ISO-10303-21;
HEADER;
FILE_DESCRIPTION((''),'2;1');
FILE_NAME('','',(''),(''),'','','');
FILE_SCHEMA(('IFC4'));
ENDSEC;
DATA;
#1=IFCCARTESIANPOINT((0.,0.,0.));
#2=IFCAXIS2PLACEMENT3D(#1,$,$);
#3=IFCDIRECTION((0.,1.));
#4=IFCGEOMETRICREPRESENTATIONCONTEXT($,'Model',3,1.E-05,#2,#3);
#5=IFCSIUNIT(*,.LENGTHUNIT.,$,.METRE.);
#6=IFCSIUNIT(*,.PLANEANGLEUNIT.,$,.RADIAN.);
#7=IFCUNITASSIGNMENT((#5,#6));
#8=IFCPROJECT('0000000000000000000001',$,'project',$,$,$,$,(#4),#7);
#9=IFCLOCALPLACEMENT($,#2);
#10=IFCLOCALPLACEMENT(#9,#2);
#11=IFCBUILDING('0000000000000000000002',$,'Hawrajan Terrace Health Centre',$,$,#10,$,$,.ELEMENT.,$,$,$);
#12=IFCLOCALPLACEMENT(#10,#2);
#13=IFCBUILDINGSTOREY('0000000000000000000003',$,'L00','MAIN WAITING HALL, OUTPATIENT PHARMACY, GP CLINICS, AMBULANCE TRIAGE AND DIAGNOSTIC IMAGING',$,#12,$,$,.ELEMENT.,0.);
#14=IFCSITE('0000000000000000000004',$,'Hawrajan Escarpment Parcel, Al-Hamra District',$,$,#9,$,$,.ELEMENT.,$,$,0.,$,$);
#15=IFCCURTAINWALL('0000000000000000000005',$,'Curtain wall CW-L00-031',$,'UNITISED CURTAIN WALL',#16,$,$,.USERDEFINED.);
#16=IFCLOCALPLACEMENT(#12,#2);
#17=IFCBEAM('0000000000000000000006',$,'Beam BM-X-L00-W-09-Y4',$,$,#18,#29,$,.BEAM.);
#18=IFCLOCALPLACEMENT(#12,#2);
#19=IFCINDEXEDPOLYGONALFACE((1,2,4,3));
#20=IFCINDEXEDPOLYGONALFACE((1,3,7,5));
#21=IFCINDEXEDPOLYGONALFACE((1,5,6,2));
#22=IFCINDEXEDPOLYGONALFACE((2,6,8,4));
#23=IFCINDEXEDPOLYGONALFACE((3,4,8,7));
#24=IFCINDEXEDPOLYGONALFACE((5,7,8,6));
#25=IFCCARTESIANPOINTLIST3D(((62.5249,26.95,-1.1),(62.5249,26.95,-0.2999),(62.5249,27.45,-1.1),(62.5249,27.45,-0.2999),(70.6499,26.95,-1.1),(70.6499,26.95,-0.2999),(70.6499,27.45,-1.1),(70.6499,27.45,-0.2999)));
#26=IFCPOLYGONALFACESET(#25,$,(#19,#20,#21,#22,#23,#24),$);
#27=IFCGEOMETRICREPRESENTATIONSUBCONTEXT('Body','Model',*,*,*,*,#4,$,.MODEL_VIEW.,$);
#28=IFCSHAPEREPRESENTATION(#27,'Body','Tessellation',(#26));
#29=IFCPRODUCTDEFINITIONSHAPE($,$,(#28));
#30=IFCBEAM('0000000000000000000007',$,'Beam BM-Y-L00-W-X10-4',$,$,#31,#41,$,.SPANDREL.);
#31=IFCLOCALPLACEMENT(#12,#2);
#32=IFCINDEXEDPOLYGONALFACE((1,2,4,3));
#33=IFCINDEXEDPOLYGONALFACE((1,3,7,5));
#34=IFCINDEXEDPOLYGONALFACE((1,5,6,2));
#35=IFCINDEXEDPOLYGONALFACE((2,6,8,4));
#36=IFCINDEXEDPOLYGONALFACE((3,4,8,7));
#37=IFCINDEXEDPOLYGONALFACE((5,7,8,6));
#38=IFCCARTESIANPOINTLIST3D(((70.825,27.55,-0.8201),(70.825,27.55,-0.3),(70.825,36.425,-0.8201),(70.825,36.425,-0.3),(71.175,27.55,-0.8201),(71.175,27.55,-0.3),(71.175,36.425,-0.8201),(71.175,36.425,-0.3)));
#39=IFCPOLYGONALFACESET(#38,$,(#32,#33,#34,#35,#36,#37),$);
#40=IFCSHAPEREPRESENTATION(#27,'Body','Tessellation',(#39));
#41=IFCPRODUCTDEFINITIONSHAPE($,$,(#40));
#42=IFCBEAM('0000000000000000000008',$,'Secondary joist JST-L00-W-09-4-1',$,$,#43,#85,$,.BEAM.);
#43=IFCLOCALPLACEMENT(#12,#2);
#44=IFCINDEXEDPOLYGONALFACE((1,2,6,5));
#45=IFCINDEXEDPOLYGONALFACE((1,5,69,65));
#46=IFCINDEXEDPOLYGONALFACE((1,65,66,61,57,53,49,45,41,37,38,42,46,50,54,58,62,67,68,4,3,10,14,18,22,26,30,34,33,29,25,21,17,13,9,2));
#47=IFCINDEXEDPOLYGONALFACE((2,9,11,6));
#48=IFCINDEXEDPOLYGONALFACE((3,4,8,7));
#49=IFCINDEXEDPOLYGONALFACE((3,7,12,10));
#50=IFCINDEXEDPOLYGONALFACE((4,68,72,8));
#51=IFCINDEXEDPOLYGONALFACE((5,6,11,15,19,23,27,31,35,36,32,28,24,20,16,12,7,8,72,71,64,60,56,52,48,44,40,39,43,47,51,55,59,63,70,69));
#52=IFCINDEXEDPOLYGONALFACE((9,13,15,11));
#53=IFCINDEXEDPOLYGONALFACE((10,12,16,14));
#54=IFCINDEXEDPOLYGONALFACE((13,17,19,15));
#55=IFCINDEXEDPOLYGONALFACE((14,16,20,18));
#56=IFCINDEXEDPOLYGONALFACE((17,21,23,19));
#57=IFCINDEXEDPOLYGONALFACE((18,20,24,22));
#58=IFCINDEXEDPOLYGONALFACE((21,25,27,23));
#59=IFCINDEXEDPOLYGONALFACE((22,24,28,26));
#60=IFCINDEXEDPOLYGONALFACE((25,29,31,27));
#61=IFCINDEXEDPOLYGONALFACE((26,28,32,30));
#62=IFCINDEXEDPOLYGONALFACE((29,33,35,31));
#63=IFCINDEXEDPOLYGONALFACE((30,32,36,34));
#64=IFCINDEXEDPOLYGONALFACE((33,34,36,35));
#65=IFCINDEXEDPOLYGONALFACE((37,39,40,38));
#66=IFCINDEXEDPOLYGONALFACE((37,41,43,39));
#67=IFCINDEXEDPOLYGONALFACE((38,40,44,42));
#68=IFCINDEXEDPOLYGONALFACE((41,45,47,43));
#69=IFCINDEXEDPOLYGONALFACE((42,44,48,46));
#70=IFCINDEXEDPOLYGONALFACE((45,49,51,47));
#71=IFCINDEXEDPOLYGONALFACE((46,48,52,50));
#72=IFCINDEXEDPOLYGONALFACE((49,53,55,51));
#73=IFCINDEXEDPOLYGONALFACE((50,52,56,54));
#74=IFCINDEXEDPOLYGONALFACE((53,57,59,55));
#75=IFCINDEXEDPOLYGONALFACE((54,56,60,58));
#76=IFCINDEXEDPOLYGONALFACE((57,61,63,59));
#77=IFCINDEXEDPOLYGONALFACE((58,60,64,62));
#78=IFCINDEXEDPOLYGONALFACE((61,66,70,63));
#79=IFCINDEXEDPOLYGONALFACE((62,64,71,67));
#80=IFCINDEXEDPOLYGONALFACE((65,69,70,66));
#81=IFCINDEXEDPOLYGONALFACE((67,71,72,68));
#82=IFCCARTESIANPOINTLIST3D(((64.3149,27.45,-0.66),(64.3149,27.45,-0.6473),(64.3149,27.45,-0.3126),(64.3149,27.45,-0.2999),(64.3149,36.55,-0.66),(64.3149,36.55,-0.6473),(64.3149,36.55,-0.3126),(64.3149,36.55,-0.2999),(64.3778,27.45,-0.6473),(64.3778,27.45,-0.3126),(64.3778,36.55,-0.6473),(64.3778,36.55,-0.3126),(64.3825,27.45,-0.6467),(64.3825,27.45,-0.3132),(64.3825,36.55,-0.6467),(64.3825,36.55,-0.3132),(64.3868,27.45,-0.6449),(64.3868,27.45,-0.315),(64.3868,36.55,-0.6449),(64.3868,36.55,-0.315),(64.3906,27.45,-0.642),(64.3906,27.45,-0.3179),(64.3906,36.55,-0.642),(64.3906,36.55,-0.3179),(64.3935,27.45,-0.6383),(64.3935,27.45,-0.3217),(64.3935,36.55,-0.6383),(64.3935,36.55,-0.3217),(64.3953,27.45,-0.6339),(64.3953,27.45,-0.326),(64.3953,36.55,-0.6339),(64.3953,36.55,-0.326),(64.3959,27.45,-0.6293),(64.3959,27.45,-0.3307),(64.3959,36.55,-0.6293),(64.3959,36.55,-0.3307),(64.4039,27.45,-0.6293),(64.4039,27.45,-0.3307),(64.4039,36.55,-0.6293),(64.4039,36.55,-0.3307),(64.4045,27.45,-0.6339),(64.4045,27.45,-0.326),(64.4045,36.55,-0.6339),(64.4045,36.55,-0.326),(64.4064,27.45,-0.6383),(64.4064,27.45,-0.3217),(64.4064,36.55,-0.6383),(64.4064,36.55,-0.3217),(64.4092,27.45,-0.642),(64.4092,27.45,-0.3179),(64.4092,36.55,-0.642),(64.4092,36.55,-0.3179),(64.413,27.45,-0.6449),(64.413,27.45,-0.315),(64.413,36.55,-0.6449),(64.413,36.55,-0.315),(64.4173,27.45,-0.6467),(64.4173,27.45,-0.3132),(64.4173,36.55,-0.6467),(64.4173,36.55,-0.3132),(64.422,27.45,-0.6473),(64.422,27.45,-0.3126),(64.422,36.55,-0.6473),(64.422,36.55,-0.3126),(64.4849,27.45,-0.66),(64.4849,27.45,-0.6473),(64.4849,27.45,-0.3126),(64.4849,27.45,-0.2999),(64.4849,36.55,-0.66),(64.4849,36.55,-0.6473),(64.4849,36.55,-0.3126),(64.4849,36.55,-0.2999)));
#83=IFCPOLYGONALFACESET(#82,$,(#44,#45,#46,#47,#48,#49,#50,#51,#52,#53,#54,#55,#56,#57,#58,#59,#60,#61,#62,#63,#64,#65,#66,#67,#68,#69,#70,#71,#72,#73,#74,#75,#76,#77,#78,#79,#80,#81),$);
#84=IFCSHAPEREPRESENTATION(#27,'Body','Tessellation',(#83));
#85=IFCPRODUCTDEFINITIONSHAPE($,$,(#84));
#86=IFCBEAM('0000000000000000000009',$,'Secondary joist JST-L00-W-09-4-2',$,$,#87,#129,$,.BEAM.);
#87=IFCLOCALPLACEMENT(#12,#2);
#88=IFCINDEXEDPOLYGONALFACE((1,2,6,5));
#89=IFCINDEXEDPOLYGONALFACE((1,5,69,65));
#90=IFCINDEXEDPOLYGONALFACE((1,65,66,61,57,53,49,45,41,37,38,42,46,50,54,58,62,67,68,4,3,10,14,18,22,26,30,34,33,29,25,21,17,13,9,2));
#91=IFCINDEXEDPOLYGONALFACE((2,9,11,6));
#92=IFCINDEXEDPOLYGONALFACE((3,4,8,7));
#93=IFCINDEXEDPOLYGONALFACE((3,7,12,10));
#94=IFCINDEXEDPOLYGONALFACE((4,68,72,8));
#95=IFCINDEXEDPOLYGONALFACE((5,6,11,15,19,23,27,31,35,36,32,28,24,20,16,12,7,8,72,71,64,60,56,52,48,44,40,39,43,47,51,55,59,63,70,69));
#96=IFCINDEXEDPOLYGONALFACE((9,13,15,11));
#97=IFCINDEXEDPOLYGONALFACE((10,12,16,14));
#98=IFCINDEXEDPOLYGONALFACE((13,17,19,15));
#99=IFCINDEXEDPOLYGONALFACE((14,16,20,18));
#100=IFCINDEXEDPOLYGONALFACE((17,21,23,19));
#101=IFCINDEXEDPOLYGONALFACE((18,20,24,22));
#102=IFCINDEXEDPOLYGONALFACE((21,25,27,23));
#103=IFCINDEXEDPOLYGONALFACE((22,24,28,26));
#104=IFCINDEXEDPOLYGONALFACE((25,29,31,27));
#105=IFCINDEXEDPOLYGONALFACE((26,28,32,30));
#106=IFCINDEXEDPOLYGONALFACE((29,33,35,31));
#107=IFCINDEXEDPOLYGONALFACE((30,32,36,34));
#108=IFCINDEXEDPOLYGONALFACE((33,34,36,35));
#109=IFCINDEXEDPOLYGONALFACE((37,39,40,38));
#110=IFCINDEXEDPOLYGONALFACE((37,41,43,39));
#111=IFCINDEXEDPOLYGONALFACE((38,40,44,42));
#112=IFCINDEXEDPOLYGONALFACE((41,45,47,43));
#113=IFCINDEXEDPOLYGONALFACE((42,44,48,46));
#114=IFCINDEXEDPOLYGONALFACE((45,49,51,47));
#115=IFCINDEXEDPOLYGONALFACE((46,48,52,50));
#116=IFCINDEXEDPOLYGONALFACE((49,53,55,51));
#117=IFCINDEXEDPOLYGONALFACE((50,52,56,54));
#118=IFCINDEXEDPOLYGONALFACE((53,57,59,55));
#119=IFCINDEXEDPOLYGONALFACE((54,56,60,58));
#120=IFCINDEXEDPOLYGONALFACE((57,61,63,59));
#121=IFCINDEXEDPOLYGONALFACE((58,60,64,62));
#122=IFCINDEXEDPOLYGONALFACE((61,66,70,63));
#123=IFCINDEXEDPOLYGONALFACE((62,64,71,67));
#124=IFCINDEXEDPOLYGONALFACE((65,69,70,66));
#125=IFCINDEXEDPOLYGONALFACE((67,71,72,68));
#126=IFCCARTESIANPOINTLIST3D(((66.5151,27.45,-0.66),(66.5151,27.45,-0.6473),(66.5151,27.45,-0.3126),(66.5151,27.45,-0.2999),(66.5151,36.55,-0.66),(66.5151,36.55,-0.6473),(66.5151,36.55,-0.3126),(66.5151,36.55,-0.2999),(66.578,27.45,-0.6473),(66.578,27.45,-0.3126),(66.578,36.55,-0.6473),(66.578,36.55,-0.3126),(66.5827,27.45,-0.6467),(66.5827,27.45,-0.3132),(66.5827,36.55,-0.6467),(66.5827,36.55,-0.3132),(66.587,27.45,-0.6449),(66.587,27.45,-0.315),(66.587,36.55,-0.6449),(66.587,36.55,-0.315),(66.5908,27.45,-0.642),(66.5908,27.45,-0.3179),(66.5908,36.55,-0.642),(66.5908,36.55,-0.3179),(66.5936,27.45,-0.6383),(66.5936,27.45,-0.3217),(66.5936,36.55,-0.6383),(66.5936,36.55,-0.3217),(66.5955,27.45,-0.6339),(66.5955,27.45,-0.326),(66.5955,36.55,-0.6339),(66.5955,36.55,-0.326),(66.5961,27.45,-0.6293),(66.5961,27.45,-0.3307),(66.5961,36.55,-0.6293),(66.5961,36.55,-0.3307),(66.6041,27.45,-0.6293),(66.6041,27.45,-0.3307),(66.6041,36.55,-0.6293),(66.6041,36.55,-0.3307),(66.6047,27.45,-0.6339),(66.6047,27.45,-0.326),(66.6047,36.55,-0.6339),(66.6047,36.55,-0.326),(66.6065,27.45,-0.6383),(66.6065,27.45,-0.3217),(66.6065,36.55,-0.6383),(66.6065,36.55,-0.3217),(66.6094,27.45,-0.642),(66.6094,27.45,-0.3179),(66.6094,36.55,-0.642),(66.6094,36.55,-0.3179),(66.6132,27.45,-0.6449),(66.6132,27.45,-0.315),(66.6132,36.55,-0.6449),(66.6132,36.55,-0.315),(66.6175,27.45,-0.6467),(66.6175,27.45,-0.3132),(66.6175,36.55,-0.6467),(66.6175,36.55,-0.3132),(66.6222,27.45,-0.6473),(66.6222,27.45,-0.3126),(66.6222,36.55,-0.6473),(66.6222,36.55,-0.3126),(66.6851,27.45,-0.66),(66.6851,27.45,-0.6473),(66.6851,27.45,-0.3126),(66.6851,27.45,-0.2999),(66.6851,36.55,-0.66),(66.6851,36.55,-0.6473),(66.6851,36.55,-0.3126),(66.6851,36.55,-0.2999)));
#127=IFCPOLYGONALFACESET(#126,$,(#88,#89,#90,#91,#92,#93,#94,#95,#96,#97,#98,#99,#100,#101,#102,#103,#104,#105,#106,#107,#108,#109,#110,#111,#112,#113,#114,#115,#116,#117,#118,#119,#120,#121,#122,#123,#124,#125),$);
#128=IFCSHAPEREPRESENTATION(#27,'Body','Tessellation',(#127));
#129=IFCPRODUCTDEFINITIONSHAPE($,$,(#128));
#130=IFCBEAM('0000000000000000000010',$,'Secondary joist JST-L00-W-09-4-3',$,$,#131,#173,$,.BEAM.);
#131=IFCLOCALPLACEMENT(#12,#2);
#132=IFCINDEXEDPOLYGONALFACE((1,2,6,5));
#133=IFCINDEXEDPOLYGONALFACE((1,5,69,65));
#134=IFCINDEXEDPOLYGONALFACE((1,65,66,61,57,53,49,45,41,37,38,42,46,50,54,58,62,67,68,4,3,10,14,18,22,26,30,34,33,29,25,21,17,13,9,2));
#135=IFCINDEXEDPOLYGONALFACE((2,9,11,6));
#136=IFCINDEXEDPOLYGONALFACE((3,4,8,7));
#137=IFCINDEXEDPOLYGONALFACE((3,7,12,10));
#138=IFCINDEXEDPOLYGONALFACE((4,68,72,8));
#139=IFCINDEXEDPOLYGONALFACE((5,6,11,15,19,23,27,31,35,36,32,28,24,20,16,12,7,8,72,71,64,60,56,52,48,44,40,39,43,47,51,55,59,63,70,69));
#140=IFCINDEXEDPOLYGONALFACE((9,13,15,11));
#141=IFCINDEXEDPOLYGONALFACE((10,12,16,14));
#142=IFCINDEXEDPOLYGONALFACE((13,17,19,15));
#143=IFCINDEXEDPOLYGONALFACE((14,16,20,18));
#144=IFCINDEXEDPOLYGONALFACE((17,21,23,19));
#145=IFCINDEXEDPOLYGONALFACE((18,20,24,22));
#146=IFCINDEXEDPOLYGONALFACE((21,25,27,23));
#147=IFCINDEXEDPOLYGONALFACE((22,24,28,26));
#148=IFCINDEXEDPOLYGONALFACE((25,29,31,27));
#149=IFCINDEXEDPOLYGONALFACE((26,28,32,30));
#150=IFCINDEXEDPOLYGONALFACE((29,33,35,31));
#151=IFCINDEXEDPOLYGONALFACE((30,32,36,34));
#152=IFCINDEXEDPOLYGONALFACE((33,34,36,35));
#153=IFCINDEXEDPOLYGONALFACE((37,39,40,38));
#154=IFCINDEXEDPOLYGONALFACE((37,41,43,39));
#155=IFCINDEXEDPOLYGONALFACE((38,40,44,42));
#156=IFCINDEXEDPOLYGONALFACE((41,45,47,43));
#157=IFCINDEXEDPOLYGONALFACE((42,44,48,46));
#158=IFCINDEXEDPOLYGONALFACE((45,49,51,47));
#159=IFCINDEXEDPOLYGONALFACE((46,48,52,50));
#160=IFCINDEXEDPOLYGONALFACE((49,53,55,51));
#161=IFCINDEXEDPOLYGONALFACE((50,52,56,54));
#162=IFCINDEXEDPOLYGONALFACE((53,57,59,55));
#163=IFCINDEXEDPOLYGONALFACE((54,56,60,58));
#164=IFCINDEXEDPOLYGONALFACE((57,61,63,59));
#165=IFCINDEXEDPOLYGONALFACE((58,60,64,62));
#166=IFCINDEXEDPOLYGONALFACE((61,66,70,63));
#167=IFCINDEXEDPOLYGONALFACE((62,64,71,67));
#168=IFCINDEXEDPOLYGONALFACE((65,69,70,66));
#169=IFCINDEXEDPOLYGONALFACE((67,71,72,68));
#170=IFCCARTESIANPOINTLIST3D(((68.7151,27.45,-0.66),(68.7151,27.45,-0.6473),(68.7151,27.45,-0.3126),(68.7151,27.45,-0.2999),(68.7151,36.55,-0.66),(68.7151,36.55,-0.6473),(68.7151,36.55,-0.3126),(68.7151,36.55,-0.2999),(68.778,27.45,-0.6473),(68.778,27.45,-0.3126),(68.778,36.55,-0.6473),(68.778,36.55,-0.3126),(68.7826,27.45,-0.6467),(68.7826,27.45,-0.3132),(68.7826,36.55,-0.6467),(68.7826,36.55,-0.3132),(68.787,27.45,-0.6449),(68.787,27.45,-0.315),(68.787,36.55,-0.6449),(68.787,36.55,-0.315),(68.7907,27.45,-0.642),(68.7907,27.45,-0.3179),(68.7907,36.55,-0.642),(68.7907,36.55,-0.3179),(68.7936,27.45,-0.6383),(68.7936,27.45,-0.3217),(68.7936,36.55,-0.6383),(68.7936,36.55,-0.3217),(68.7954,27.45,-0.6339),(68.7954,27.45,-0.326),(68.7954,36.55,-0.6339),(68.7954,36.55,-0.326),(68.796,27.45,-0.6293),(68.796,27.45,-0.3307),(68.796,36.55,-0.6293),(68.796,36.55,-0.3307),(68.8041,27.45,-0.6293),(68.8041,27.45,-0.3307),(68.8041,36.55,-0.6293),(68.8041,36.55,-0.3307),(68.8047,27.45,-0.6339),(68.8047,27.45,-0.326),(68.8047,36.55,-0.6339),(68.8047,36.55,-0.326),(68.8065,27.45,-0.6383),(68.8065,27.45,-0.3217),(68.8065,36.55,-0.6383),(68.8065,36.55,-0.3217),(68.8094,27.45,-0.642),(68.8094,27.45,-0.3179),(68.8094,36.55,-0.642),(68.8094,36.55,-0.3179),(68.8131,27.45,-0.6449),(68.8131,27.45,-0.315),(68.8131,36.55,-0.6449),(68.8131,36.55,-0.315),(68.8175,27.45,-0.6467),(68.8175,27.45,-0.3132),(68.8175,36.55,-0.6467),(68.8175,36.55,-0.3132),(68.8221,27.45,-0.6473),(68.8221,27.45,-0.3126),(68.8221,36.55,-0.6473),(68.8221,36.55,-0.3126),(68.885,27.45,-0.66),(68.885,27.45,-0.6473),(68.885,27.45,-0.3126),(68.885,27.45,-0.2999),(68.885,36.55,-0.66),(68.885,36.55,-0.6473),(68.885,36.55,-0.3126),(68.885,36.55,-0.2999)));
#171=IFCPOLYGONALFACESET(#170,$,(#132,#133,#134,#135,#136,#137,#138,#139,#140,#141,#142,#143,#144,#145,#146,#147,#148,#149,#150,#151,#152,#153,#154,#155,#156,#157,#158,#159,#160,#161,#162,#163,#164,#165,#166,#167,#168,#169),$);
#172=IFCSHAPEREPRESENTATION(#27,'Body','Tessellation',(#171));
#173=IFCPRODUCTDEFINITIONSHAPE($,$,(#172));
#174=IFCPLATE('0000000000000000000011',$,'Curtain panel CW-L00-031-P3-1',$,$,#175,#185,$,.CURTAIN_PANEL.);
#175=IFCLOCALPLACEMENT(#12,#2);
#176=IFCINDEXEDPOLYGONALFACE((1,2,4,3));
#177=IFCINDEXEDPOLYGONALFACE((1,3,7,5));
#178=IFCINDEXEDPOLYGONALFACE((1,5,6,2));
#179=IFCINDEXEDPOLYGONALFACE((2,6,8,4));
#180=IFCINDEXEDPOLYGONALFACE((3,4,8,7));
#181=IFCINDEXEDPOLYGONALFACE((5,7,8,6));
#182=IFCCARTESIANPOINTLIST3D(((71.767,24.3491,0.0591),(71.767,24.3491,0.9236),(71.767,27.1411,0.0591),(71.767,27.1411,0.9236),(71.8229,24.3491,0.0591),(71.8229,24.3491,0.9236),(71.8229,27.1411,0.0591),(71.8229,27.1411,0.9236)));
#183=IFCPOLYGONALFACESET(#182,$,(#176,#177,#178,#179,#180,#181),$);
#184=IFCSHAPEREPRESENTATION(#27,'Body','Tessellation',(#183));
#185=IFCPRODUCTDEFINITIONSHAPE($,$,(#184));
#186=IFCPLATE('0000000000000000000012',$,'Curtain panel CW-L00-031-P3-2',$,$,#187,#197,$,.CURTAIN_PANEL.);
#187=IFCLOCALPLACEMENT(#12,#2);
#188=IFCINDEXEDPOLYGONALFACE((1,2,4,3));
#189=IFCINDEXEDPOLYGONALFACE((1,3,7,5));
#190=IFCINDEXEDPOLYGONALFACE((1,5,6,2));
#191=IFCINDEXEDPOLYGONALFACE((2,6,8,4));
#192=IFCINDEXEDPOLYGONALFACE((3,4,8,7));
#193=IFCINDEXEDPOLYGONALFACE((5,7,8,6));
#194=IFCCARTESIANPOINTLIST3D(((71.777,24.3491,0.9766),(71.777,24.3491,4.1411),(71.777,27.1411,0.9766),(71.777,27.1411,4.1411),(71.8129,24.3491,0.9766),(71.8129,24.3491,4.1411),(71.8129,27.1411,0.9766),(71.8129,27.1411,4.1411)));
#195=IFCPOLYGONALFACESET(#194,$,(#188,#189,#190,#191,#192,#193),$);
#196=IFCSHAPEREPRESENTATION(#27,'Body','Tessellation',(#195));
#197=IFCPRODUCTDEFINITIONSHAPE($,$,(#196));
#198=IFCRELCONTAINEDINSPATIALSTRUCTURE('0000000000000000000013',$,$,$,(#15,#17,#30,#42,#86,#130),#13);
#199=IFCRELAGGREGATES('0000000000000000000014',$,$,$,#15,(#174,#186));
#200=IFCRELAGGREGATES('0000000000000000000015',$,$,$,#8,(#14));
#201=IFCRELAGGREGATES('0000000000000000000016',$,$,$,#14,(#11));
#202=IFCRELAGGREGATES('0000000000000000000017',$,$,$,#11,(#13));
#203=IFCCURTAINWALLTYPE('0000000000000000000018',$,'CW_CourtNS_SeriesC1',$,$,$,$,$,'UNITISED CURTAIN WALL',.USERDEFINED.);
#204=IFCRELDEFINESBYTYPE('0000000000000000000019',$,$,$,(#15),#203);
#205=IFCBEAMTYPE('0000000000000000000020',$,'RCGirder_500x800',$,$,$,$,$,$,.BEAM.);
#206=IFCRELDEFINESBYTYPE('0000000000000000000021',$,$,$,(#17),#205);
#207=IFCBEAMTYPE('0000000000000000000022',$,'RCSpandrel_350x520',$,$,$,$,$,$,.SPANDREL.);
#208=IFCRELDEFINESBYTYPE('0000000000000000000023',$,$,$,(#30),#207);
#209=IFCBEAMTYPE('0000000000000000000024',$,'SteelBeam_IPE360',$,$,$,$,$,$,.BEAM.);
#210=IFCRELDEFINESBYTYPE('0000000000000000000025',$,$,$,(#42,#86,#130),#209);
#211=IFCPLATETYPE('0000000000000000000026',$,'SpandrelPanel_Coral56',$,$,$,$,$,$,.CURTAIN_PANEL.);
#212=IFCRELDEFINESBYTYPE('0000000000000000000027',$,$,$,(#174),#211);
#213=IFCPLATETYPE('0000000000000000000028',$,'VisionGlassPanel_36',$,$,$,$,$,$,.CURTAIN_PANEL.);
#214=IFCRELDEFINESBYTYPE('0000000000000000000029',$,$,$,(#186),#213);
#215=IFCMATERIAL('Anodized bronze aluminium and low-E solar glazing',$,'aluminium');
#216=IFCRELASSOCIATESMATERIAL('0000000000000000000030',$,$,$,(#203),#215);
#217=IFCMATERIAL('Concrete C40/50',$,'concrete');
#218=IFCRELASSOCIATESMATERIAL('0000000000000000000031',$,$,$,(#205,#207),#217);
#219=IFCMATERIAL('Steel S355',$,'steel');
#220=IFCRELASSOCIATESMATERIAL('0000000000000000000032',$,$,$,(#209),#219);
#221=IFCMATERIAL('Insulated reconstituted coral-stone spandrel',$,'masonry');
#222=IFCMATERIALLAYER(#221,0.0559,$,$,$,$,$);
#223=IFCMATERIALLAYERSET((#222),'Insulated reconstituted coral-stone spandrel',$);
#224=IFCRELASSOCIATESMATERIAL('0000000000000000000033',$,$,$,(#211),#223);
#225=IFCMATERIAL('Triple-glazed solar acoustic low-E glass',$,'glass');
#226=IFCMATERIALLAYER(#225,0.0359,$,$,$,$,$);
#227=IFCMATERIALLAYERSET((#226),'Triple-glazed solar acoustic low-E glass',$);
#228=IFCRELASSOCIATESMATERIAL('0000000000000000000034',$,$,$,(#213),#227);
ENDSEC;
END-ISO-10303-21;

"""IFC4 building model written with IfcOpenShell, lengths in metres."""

from ifc_helpers import new_model, si_unit, direction, frame, origin, origin_2d, place, context, subcontext, project, spatial, rectangle, i_section, extrude, material, layer, layer_set, material_profile, profile_set, type_object, element, aggregate, save


model = new_model("IFC4")

# Units and contexts
model_context = context("Model", 3, precision=1e-05, world=origin(), true_north=direction((0.0, 1.0)))
body_context = subcontext(model_context, "Body", "Model", "MODEL_VIEW")
ifc_project = project(units=[si_unit("LENGTHUNIT", "METRE"), si_unit("PLANEANGLEUNIT", "RADIAN")], contexts=[model_context])

# Site, building, storey
site_placement = place(None, origin())
site = spatial("IfcSite", under=ifc_project, at=site_placement, Name="Hawrajan Escarpment Parcel, Al-Hamra District", CompositionType="ELEMENT", RefElevation=0.0)
building_placement = place(site_placement, origin())
building = spatial("IfcBuilding", under=site, at=building_placement, Name="Hawrajan Terrace Health Centre", CompositionType="ELEMENT")
storey_placement = place(building_placement, origin())
storey = spatial("IfcBuildingStorey", under=building, at=storey_placement, Name="L00", Description="MAIN WAITING HALL, OUTPATIENT PHARMACY, GP CLINICS, AMBULANCE TRIAGE AND DIAGNOSTIC IMAGING", CompositionType="ELEMENT", Elevation=0.0)

# Shared definitions
ifc_material_1 = material(Name="Concrete C40/50", Category="concrete")

# Curtain wall
ifc_material_2 = material(Name="Anodized bronze aluminium and low-E solar glazing", Category="aluminium")
curtain_wall_type = type_object("IfcCurtainWallType", Name="CW_CourtNS_SeriesC1", ElementType="UNITISED CURTAIN WALL", PredefinedType="USERDEFINED", material=ifc_material_2)
curtain_wall_placement = place(storey_placement, origin())
curtain_wall = element("IfcCurtainWall", 1, at=curtain_wall_placement, inside=storey, type_object=curtain_wall_type, Name="Curtain wall CW-L00-031", ObjectType="UNITISED CURTAIN WALL", PredefinedType="USERDEFINED")

# Beams
ifc_material_profile_1 = material_profile(ifc_material_1, rectangle(XDim=0.5, YDim=0.8, at=origin_2d()), Name="RC BM 500x800")
ifc_profile_set_1 = profile_set([ifc_material_profile_1], Name="Concrete C40/50")
beam_type_1 = type_object("IfcBeamType", Name="RCGirder_500x800", PredefinedType="BEAM", material=ifc_profile_set_1)
beam_1_placement = place(storey_placement, frame((62.5249, 27.2, -0.7), z_axis=(1.0, 0.0, 0.0), x_axis=(0.0, 1.0, 0.0)))
element("IfcBeam", 2, at=beam_1_placement, inside=storey, type_object=beam_type_1, Name="Beam BM-X-L00-W-09-Y4", PredefinedType="BEAM", context=body_context, shape_type="SweptSolid", body=[
    extrude(rectangle(XDim=0.5, YDim=0.8, at=origin_2d()), origin(), (0.0, 0.0, 1.0), 8.125),
])
ifc_material_profile_2 = material_profile(ifc_material_1, rectangle(XDim=0.3501, YDim=0.52, at=origin_2d()), Name="RC SP 350x520")
ifc_profile_set_2 = profile_set([ifc_material_profile_2], Name="Concrete C40/50")
beam_type_2 = type_object("IfcBeamType", Name="RCSpandrel_350x520", PredefinedType="SPANDREL", material=ifc_profile_set_2)
beam_2_placement = place(storey_placement, frame((71.0, 27.55, -0.5601), z_axis=(0.0, 1.0, 0.0), x_axis=(-1.0, 0.0, 0.0)))
element("IfcBeam", 3, at=beam_2_placement, inside=storey, type_object=beam_type_2, Name="Beam BM-Y-L00-W-X10-4", PredefinedType="SPANDREL", context=body_context, shape_type="SweptSolid", body=[
    extrude(rectangle(XDim=0.3501, YDim=0.52, at=origin_2d()), origin(), (0.0, 0.0, 1.0), 8.875),
])
ifc_material_3 = material(Name="Steel S355", Category="steel")
ifc_material_profile_3 = material_profile(ifc_material_3, i_section(OverallWidth=0.1699, OverallDepth=0.3601, WebThickness=0.0081, FlangeThickness=0.0127, FilletRadius=0.0181, at=origin_2d()), Name="IPE 360")
ifc_profile_set_3 = profile_set([ifc_material_profile_3], Name="Steel S355")
beam_type_3 = type_object("IfcBeamType", Name="SteelBeam_IPE360", PredefinedType="BEAM", material=ifc_profile_set_3)
for number, where, z_axis, x_axis, name in (
    (4, (64.3999, 27.45, -0.48), (0.0, 1.0, 0.0), (-1.0, 0.0, 0.0), "Secondary joist JST-L00-W-09-4-1"),
    (5, (66.6001, 27.45, -0.48), (0.0, 1.0, 0.0), (-1.0, 0.0, 0.0), "Secondary joist JST-L00-W-09-4-2"),
    (6, (68.8, 27.45, -0.48), (0.0, 1.0, 0.0), (-1.0, 0.0, 0.0), "Secondary joist JST-L00-W-09-4-3"),
):
    element("IfcBeam", number, at=place(storey_placement, frame(where, z_axis=z_axis, x_axis=x_axis)), inside=storey, type_object=beam_type_3, Name=name, PredefinedType="BEAM", context=body_context, shape_type="SweptSolid", body=[
        extrude(i_section(OverallWidth=0.1699, OverallDepth=0.3601, WebThickness=0.0081, FlangeThickness=0.0127, FilletRadius=0.0181, at=origin_2d()), origin(), (0.0, 0.0, 1.0), 9.1001),
    ])

# Plates
ifc_material_4 = material(Name="Insulated reconstituted coral-stone spandrel", Category="masonry")
ifc_layer_1 = layer(ifc_material_4, 0.0559)
ifc_layer_set_1 = layer_set([ifc_layer_1], Name="Insulated reconstituted coral-stone spandrel")
plate_type_1 = type_object("IfcPlateType", Name="SpandrelPanel_Coral56", PredefinedType="CURTAIN_PANEL", material=ifc_layer_set_1)
plate_1_placement = place(storey_placement, frame((71.7949, 25.7451, 0.0591), z_axis=(0.0, 0.0, 1.0), x_axis=(0.0, 1.0, 0.0)))
plate_1 = element("IfcPlate", 7, at=plate_1_placement, type_object=plate_type_1, Name="Curtain panel CW-L00-031-P3-1", PredefinedType="CURTAIN_PANEL", context=body_context, shape_type="SweptSolid", body=[
    extrude(rectangle(XDim=2.792, YDim=0.0559, at=origin_2d()), origin(), (0.0, 0.0, 1.0), 0.8645),
])
ifc_material_5 = material(Name="Triple-glazed solar acoustic low-E glass", Category="glass")
ifc_layer_2 = layer(ifc_material_5, 0.0359)
ifc_layer_set_2 = layer_set([ifc_layer_2], Name="Triple-glazed solar acoustic low-E glass")
plate_type_2 = type_object("IfcPlateType", Name="VisionGlassPanel_36", PredefinedType="CURTAIN_PANEL", material=ifc_layer_set_2)
plate_2_placement = place(storey_placement, frame((71.7949, 25.7451, 0.9766), z_axis=(0.0, 0.0, 1.0), x_axis=(0.0, 1.0, 0.0)))
plate_2 = element("IfcPlate", 8, at=plate_2_placement, type_object=plate_type_2, Name="Curtain panel CW-L00-031-P3-2", PredefinedType="CURTAIN_PANEL", context=body_context, shape_type="SweptSolid", body=[
    extrude(rectangle(XDim=2.792, YDim=0.0359, at=origin_2d()), origin(), (0.0, 0.0, 1.0), 3.1646),
])
aggregate(curtain_wall, [plate_1, plate_2])

save(model, "model.ifc")
